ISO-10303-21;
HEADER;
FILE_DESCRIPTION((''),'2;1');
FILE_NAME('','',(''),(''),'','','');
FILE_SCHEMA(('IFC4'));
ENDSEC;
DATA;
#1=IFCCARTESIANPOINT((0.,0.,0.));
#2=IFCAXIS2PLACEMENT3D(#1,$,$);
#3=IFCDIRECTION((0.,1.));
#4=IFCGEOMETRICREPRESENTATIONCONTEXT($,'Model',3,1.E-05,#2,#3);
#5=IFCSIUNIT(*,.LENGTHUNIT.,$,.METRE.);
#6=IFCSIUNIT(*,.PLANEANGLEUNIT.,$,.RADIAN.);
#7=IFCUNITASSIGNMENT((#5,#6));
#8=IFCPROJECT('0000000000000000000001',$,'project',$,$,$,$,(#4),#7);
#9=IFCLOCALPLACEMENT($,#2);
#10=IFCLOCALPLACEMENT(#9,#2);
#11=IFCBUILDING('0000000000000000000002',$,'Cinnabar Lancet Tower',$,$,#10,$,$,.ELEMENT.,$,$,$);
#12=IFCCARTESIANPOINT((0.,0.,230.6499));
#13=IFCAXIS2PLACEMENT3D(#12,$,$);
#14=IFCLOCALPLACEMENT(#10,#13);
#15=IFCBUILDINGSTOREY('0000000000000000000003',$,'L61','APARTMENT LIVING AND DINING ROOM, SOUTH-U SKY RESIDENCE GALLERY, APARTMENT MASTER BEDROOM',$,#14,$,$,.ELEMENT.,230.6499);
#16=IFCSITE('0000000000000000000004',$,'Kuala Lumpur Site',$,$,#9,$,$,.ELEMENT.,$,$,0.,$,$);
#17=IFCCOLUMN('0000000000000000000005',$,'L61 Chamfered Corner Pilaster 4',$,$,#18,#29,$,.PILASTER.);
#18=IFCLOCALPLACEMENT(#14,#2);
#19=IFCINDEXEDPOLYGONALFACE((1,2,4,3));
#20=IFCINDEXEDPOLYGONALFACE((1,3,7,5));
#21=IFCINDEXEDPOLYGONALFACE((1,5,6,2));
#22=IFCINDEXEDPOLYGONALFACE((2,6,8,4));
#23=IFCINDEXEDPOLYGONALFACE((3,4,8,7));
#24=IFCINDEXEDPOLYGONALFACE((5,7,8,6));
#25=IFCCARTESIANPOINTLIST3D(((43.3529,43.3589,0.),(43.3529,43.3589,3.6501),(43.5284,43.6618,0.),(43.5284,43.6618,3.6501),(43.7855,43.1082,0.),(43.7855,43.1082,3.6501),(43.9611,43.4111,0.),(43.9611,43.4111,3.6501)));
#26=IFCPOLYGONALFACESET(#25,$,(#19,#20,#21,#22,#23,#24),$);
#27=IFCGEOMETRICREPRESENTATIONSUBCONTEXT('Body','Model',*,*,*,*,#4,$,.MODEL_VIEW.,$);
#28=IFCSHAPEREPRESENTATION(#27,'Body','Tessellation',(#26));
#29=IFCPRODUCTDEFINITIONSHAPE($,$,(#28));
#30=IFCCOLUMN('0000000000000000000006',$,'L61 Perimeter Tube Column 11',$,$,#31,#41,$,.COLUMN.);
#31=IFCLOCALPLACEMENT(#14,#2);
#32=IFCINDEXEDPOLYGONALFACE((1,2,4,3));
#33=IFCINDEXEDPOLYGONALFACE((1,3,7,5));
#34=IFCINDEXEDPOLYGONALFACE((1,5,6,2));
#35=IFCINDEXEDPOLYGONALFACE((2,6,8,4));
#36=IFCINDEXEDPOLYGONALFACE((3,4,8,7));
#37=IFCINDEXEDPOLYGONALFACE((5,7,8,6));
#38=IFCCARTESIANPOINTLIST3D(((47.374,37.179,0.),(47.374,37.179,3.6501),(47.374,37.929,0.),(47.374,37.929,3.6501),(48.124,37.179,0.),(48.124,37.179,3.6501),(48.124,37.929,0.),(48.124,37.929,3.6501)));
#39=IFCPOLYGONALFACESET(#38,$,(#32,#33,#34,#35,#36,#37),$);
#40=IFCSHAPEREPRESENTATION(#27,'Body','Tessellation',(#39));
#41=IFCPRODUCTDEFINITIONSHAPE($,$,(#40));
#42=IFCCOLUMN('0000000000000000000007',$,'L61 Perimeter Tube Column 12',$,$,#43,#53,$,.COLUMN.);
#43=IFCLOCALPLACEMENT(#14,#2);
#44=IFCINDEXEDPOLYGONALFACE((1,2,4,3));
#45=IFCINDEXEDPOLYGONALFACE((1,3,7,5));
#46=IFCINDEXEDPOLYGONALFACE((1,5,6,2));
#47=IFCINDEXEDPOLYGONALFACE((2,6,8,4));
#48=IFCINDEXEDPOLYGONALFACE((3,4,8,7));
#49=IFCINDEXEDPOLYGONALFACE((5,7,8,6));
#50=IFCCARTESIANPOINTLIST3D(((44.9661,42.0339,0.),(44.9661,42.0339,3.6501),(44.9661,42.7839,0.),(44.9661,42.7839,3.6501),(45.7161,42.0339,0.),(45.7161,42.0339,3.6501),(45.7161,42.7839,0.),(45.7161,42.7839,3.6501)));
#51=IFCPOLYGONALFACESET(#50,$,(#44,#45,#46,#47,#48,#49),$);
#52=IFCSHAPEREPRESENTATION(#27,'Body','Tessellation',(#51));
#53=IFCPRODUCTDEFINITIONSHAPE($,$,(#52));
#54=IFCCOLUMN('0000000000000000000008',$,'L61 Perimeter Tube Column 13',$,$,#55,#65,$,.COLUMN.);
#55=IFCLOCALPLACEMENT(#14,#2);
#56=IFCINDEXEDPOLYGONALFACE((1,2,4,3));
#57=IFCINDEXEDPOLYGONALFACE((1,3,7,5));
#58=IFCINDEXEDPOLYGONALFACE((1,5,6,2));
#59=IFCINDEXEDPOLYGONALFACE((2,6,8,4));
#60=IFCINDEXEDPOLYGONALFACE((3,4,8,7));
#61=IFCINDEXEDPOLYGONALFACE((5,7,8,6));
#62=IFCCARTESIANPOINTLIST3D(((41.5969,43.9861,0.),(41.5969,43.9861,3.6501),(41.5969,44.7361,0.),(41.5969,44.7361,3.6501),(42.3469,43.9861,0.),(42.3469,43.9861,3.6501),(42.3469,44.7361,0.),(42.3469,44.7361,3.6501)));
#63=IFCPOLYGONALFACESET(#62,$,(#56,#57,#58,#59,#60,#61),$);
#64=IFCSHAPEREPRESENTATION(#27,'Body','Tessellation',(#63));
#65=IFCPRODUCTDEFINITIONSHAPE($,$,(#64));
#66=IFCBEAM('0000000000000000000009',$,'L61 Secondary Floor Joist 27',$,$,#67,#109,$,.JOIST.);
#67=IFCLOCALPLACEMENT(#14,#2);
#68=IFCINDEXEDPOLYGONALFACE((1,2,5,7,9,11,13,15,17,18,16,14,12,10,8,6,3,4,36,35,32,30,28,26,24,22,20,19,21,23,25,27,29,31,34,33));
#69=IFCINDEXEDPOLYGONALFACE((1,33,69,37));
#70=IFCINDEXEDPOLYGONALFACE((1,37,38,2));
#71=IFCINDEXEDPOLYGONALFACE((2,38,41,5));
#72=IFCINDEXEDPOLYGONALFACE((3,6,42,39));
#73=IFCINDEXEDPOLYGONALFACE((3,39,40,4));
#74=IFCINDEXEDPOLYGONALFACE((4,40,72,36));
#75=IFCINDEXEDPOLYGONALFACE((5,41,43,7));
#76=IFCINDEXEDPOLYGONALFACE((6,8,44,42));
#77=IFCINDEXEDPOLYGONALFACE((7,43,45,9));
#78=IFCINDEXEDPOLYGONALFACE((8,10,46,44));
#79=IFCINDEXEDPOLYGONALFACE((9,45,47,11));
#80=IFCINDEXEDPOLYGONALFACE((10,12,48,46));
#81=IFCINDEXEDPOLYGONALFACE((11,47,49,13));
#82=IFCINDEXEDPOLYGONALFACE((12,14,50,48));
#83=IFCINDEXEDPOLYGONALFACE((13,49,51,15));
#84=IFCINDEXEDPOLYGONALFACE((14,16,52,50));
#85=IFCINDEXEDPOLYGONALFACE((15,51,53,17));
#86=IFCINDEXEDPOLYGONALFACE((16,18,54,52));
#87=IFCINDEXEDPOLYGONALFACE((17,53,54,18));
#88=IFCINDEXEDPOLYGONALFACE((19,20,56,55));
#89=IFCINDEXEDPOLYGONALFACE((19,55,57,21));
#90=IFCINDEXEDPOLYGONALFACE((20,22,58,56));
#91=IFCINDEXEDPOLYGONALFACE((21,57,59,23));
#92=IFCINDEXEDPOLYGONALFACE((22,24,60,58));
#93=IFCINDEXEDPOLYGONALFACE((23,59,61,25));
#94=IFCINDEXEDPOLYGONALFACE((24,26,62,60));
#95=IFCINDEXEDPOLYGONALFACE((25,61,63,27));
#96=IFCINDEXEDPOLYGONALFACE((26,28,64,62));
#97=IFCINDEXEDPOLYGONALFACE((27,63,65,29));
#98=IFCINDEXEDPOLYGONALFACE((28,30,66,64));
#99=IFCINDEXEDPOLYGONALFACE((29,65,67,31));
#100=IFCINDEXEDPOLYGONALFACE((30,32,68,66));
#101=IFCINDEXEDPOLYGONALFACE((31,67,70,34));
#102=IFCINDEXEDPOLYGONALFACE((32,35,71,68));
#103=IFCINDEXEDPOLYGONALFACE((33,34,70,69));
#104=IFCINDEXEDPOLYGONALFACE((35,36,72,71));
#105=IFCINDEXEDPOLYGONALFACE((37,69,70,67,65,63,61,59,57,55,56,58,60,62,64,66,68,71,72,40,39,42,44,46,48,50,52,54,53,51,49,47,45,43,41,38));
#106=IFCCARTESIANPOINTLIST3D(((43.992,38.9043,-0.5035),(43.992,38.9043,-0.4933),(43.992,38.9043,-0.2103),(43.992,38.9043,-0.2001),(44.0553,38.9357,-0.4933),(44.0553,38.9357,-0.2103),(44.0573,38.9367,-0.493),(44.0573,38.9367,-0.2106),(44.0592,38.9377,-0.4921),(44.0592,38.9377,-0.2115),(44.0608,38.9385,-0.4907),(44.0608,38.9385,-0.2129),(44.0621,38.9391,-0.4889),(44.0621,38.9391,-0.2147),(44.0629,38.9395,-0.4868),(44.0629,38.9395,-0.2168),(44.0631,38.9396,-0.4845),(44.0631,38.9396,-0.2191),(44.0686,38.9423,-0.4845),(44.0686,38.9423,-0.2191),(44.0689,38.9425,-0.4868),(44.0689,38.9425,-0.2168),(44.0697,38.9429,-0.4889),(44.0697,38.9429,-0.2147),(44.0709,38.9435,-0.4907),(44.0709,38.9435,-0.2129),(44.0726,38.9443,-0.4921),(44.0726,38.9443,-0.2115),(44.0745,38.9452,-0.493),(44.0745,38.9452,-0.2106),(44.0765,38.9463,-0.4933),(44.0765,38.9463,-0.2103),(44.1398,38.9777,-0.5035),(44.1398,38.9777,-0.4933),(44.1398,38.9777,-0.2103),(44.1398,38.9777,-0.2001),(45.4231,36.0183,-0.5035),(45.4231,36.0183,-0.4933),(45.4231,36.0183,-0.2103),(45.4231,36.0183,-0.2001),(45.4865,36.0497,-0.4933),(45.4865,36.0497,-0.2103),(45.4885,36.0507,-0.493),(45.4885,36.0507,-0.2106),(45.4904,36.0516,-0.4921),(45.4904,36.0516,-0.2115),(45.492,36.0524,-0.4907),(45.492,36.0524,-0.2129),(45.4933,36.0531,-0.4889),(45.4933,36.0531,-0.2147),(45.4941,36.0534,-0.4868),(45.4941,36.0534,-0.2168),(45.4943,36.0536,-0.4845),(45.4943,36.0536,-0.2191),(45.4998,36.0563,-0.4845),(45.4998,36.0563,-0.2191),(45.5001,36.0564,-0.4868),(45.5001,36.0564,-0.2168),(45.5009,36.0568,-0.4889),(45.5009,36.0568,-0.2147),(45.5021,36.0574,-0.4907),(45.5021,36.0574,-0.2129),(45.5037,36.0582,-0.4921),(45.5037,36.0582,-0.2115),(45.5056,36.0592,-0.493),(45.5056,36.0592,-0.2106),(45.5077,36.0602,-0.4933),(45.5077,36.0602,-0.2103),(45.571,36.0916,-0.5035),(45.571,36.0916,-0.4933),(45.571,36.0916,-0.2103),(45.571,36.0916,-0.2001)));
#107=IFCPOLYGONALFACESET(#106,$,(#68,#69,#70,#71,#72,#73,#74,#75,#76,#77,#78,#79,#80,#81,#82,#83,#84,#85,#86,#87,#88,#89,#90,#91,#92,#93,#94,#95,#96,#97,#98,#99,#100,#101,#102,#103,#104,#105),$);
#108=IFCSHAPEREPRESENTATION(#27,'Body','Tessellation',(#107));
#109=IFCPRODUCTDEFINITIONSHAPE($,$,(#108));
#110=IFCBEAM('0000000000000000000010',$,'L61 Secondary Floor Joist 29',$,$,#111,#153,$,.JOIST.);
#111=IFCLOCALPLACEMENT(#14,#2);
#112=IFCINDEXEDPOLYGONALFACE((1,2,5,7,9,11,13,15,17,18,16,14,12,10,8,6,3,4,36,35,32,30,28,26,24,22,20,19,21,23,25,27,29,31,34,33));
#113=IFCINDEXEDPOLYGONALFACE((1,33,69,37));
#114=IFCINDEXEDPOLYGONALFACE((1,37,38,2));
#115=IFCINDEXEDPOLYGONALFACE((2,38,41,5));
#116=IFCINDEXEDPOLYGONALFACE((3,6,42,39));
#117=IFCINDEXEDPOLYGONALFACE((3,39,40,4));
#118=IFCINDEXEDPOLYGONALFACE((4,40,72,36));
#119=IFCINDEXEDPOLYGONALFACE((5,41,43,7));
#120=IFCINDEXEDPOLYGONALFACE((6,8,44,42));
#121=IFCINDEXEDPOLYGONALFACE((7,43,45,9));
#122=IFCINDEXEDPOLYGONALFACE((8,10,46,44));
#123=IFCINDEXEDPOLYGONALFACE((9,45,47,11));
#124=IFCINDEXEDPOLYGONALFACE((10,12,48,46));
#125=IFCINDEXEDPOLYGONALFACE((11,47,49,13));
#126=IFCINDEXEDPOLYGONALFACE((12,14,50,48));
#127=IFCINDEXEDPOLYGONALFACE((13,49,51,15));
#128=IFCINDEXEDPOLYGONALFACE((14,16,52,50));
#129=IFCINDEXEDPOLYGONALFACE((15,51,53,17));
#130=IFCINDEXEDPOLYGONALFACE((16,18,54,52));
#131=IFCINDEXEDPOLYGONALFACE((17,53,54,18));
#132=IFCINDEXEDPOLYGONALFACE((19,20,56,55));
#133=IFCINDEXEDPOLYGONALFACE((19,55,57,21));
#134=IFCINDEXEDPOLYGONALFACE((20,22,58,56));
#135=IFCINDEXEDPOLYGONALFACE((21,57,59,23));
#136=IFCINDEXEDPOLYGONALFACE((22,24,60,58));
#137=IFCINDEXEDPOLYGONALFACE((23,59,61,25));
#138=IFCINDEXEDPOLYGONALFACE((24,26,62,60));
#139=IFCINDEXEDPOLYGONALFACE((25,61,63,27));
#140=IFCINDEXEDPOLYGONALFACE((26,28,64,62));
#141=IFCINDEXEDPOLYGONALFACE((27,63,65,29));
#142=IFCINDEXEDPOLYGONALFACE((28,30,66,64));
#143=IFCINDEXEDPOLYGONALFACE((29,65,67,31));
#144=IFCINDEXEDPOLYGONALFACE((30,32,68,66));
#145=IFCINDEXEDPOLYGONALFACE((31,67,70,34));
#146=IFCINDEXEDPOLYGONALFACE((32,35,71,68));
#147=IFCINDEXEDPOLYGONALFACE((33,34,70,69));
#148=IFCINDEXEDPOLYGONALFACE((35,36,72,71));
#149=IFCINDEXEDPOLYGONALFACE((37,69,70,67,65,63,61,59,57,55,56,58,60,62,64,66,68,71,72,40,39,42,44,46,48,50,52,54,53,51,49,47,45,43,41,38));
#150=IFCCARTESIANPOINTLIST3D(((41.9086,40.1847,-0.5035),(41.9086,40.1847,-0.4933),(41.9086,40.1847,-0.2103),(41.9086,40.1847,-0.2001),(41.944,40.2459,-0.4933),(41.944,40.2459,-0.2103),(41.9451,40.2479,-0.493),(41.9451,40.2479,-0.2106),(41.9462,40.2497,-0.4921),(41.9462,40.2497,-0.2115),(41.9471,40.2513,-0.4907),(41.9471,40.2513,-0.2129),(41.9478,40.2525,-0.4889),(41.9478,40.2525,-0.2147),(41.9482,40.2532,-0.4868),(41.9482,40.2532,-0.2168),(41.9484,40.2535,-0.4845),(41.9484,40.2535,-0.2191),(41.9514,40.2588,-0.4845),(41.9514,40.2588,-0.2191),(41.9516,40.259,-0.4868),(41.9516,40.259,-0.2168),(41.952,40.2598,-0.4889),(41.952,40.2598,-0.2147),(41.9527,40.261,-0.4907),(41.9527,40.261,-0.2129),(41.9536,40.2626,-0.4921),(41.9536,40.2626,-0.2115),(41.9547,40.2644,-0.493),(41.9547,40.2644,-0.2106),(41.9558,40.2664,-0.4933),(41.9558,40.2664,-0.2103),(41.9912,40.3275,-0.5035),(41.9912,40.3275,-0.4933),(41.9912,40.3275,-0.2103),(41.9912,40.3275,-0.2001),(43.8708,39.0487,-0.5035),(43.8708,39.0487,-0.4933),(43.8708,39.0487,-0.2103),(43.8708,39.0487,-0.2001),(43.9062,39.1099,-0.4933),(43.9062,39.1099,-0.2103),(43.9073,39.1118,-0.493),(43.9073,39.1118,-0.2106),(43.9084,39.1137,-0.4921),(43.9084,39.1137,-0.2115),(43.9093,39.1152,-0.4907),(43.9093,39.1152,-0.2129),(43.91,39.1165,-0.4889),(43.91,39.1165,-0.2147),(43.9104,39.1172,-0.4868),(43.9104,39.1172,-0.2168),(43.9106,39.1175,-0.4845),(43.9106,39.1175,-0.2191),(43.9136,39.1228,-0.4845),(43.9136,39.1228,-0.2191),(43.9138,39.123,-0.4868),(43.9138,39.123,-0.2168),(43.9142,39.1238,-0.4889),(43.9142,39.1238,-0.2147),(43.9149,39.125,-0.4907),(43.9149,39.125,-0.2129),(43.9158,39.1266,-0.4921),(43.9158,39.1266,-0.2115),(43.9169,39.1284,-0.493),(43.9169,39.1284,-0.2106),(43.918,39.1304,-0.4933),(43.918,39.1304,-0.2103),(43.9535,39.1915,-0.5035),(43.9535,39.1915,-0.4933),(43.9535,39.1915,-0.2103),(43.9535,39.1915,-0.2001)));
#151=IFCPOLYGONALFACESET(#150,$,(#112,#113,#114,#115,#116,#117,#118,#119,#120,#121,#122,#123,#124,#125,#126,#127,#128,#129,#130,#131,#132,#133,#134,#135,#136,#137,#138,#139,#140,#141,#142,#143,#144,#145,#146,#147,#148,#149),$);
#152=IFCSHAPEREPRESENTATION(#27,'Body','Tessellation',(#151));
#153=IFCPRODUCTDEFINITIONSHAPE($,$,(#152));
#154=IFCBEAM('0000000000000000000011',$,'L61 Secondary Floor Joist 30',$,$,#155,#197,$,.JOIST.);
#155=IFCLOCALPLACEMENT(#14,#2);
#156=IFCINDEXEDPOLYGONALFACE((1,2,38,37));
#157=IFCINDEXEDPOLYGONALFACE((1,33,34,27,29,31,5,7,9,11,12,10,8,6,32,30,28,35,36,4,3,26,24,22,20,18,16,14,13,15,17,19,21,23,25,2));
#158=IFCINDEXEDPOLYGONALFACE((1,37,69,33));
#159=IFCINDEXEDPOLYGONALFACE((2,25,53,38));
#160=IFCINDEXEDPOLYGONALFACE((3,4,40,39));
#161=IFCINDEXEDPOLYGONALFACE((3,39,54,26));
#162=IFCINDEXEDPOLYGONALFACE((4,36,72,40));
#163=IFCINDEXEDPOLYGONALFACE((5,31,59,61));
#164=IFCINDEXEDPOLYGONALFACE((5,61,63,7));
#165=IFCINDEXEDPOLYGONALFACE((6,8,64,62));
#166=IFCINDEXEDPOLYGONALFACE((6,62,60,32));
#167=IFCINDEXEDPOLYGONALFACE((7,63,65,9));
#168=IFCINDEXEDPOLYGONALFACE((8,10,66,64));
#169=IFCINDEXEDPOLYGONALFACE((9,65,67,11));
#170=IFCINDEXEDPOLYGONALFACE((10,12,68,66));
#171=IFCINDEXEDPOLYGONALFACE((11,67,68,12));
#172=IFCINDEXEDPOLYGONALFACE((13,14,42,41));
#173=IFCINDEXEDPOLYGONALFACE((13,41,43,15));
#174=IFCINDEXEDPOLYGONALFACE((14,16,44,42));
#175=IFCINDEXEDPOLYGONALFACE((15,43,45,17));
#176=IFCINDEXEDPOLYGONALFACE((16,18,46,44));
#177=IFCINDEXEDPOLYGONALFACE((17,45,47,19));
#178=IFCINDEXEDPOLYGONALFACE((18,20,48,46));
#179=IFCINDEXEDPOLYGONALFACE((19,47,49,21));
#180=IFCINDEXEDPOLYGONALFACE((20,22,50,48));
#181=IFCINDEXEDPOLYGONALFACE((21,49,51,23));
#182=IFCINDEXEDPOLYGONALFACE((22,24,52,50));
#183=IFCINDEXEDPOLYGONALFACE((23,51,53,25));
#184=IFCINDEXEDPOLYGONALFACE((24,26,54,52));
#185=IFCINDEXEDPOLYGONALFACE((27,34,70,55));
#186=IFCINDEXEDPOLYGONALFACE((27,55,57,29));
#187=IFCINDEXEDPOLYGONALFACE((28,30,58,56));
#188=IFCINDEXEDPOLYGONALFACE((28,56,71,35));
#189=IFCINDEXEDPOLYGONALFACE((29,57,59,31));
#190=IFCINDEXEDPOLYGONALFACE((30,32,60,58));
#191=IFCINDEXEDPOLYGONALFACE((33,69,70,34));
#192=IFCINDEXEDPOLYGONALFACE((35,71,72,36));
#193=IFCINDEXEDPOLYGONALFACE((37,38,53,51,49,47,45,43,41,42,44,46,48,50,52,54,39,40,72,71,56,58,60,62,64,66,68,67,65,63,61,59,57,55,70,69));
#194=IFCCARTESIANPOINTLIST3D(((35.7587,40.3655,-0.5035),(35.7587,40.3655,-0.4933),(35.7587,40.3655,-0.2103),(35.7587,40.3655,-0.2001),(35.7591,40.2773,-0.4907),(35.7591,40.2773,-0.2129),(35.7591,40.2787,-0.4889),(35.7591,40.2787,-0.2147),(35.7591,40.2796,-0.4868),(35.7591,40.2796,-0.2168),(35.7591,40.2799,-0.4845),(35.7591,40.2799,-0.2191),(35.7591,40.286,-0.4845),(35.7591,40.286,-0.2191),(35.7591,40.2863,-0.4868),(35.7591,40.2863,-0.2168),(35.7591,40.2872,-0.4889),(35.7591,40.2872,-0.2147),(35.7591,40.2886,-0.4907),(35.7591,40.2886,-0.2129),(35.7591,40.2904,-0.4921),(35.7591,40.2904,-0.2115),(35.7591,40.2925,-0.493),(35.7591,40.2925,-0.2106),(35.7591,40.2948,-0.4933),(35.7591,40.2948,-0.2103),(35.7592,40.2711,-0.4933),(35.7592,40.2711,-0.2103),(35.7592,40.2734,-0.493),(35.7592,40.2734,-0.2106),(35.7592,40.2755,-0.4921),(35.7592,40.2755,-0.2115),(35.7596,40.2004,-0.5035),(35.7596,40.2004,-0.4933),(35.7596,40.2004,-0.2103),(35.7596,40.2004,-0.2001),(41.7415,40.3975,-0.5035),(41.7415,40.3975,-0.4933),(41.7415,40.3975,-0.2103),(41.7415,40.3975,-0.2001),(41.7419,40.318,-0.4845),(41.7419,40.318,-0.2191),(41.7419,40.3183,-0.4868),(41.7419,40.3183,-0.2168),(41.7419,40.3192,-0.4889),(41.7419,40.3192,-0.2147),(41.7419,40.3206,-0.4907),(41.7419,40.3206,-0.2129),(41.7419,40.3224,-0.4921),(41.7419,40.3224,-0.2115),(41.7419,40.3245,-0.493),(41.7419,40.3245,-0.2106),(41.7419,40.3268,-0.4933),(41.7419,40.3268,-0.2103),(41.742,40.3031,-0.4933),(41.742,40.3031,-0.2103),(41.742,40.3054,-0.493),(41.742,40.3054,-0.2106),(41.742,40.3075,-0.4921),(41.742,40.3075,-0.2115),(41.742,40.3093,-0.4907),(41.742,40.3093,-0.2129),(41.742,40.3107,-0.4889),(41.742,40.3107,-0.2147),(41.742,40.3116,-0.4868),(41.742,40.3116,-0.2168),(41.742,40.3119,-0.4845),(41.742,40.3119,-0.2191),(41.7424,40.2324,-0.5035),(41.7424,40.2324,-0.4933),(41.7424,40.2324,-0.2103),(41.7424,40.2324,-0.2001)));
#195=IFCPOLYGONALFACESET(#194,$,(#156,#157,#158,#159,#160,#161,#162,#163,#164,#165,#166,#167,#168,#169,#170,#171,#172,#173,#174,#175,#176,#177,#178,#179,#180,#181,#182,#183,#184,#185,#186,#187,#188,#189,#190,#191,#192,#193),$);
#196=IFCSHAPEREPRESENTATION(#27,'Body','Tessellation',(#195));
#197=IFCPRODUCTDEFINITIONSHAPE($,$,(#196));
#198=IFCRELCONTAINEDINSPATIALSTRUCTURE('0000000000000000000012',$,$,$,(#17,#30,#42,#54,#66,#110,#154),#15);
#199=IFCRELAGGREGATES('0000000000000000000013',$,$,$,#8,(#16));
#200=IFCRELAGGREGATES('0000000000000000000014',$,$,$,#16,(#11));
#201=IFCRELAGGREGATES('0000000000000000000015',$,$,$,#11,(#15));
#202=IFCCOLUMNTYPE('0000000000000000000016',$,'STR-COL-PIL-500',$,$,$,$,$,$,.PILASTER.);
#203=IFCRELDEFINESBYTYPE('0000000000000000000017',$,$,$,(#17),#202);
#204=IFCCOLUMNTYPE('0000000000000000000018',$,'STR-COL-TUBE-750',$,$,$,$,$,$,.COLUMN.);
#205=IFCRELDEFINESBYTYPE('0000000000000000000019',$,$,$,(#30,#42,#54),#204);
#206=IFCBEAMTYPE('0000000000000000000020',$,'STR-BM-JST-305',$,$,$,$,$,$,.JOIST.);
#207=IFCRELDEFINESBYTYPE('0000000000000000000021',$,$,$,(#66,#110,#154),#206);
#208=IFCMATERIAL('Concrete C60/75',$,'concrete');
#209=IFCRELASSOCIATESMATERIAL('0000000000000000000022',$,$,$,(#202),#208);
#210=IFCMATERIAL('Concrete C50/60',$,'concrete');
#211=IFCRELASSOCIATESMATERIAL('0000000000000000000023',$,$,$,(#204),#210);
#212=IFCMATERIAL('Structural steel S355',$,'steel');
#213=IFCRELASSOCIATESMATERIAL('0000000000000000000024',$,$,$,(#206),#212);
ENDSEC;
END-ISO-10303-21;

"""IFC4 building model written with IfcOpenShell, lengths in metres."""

from ifc_helpers import new_model, si_unit, direction, frame, origin, origin_2d, place, context, subcontext, project, spatial, rectangle, i_section, extrude, material, material_profile, profile_set, type_object, element, save


model = new_model("IFC4")

# Units and contexts
model_context = context("Model", 3, precision=1e-05, world=origin(), true_north=direction((0.0, 1.0)))
body_context = subcontext(model_context, "Body", "Model", "MODEL_VIEW")
ifc_project = project(units=[si_unit("LENGTHUNIT", "METRE"), si_unit("PLANEANGLEUNIT", "RADIAN")], contexts=[model_context])

# Site, building, storey
site_placement = place(None, origin())
site = spatial("IfcSite", under=ifc_project, at=site_placement, Name="Kuala Lumpur Site", CompositionType="ELEMENT", RefElevation=0.0)
building_placement = place(site_placement, origin())
building = spatial("IfcBuilding", under=site, at=building_placement, Name="Cinnabar Lancet Tower", CompositionType="ELEMENT")
storey_placement = place(building_placement, frame((0.0, 0.0, 230.6499)))
storey = spatial("IfcBuildingStorey", under=building, at=storey_placement, Name="L61", Description="APARTMENT LIVING AND DINING ROOM, SOUTH-U SKY RESIDENCE GALLERY, APARTMENT MASTER BEDROOM", CompositionType="ELEMENT", Elevation=230.6499)

# Columns
ifc_material_1 = material(Name="Concrete C60/75", Category="concrete")
ifc_material_profile_1 = material_profile(ifc_material_1, rectangle(XDim=0.5, YDim=0.3501, at=origin_2d()), Name="RC-PIL 500x350")
ifc_profile_set_1 = profile_set([ifc_material_profile_1], Name="Concrete C60/75")
column_type_1 = type_object("IfcColumnType", Name="STR-COL-PIL-500", PredefinedType="PILASTER", material=ifc_profile_set_1)
column_placement = place(storey_placement, frame((43.657, 43.385, 0.0), z_axis=(0.0, 0.0, 1.0), x_axis=(-0.865256, 0.50133, 0.0)))
element("IfcColumn", 1, at=column_placement, inside=storey, type_object=column_type_1, Name="L61 Chamfered Corner Pilaster 4", PredefinedType="PILASTER", context=body_context, shape_type="SweptSolid", body=[
    extrude(rectangle(XDim=0.5, YDim=0.3501, at=origin_2d()), origin(), (0.0, 0.0, 1.0), 3.6501),
])
ifc_material_2 = material(Name="Concrete C50/60", Category="concrete")
ifc_material_profile_2 = material_profile(ifc_material_2, rectangle(XDim=0.75, YDim=0.75, at=origin_2d()), Name="RC-COL 750x750")
ifc_profile_set_2 = profile_set([ifc_material_profile_2], Name="Concrete C50/60")
column_type_2 = type_object("IfcColumnType", Name="STR-COL-TUBE-750", PredefinedType="COLUMN", material=ifc_profile_set_2)
for number, where, z_axis, x_axis, name in (
    (2, (47.749, 37.554, 0.0), (0.0, 0.0, 1.0), (1.0, 0.0, 0.0), "L61 Perimeter Tube Column 11"),
    (3, (45.3411, 42.4089, 0.0), (0.0, 0.0, 1.0), (1.0, 0.0, 0.0), "L61 Perimeter Tube Column 12"),
    (4, (41.9719, 44.3611, 0.0), (0.0, 0.0, 1.0), (1.0, 0.0, 0.0), "L61 Perimeter Tube Column 13"),
):
    element("IfcColumn", number, at=place(storey_placement, frame(where, z_axis=z_axis, x_axis=x_axis)), inside=storey, type_object=column_type_2, Name=name, PredefinedType="COLUMN", context=body_context, shape_type="SweptSolid", body=[
        extrude(rectangle(XDim=0.75, YDim=0.75, at=origin_2d()), origin(), (0.0, 0.0, 1.0), 3.6501),
    ])

# Beams
ifc_material_3 = material(Name="Structural steel S355", Category="steel")
ifc_material_profile_3 = material_profile(ifc_material_3, i_section(OverallWidth=0.165, OverallDepth=0.3035, WebThickness=0.0061, FlangeThickness=0.0103, FilletRadius=0.0088, at=origin_2d()), Name="UKB 305x165x40")
ifc_profile_set_3 = profile_set([ifc_material_profile_3], Name="Structural steel S355")
beam_type_1 = type_object("IfcBeamType", Name="STR-BM-JST-305", PredefinedType="JOIST", material=ifc_profile_set_3)
beam_1_placement = place(storey_placement, frame((45.4971, 36.0549, -0.3518), z_axis=(-0.444271, 0.895893, 0.0), x_axis=(-0.895893, -0.444271, 0.0)))
element("IfcBeam", 5, at=beam_1_placement, inside=storey, type_object=beam_type_1, Name="L61 Secondary Floor Joist 27", PredefinedType="JOIST", context=body_context, shape_type="SweptSolid", body=[
    extrude(i_section(OverallWidth=0.165, OverallDepth=0.3035, WebThickness=0.0061, FlangeThickness=0.0103, FilletRadius=0.0088, at=origin_2d()), origin(), (0.0, 0.0, 1.0), 3.2214),
])
beam_2_placement = place(storey_placement, frame((43.9121, 39.1201, -0.3518), z_axis=(-0.865426, 0.501036, 0.0), x_axis=(-0.501036, -0.865426, 0.0)))
element("IfcBeam", 6, at=beam_2_placement, inside=storey, type_object=beam_type_1, Name="L61 Secondary Floor Joist 29", PredefinedType="JOIST", context=body_context, shape_type="SweptSolid", body=[
    extrude(i_section(OverallWidth=0.165, OverallDepth=0.3035, WebThickness=0.0061, FlangeThickness=0.0103, FilletRadius=0.0088, at=origin_2d()), origin(), (0.0, 0.0, 1.0), 2.2673),
])
beam_3_placement = place(storey_placement, frame((41.7419, 40.3149, -0.3518), z_axis=(-0.999986, -0.005346, 0.0), x_axis=(0.005346, -0.999986, 0.0)))
element("IfcBeam", 7, at=beam_3_placement, inside=storey, type_object=beam_type_1, Name="L61 Secondary Floor Joist 30", PredefinedType="JOIST", context=body_context, shape_type="SweptSolid", body=[
    extrude(i_section(OverallWidth=0.165, OverallDepth=0.3035, WebThickness=0.0061, FlangeThickness=0.0103, FilletRadius=0.0088, at=origin_2d()), origin(), (0.0, 0.0, 1.0), 5.9829),
])

save(model, "model.ifc")
